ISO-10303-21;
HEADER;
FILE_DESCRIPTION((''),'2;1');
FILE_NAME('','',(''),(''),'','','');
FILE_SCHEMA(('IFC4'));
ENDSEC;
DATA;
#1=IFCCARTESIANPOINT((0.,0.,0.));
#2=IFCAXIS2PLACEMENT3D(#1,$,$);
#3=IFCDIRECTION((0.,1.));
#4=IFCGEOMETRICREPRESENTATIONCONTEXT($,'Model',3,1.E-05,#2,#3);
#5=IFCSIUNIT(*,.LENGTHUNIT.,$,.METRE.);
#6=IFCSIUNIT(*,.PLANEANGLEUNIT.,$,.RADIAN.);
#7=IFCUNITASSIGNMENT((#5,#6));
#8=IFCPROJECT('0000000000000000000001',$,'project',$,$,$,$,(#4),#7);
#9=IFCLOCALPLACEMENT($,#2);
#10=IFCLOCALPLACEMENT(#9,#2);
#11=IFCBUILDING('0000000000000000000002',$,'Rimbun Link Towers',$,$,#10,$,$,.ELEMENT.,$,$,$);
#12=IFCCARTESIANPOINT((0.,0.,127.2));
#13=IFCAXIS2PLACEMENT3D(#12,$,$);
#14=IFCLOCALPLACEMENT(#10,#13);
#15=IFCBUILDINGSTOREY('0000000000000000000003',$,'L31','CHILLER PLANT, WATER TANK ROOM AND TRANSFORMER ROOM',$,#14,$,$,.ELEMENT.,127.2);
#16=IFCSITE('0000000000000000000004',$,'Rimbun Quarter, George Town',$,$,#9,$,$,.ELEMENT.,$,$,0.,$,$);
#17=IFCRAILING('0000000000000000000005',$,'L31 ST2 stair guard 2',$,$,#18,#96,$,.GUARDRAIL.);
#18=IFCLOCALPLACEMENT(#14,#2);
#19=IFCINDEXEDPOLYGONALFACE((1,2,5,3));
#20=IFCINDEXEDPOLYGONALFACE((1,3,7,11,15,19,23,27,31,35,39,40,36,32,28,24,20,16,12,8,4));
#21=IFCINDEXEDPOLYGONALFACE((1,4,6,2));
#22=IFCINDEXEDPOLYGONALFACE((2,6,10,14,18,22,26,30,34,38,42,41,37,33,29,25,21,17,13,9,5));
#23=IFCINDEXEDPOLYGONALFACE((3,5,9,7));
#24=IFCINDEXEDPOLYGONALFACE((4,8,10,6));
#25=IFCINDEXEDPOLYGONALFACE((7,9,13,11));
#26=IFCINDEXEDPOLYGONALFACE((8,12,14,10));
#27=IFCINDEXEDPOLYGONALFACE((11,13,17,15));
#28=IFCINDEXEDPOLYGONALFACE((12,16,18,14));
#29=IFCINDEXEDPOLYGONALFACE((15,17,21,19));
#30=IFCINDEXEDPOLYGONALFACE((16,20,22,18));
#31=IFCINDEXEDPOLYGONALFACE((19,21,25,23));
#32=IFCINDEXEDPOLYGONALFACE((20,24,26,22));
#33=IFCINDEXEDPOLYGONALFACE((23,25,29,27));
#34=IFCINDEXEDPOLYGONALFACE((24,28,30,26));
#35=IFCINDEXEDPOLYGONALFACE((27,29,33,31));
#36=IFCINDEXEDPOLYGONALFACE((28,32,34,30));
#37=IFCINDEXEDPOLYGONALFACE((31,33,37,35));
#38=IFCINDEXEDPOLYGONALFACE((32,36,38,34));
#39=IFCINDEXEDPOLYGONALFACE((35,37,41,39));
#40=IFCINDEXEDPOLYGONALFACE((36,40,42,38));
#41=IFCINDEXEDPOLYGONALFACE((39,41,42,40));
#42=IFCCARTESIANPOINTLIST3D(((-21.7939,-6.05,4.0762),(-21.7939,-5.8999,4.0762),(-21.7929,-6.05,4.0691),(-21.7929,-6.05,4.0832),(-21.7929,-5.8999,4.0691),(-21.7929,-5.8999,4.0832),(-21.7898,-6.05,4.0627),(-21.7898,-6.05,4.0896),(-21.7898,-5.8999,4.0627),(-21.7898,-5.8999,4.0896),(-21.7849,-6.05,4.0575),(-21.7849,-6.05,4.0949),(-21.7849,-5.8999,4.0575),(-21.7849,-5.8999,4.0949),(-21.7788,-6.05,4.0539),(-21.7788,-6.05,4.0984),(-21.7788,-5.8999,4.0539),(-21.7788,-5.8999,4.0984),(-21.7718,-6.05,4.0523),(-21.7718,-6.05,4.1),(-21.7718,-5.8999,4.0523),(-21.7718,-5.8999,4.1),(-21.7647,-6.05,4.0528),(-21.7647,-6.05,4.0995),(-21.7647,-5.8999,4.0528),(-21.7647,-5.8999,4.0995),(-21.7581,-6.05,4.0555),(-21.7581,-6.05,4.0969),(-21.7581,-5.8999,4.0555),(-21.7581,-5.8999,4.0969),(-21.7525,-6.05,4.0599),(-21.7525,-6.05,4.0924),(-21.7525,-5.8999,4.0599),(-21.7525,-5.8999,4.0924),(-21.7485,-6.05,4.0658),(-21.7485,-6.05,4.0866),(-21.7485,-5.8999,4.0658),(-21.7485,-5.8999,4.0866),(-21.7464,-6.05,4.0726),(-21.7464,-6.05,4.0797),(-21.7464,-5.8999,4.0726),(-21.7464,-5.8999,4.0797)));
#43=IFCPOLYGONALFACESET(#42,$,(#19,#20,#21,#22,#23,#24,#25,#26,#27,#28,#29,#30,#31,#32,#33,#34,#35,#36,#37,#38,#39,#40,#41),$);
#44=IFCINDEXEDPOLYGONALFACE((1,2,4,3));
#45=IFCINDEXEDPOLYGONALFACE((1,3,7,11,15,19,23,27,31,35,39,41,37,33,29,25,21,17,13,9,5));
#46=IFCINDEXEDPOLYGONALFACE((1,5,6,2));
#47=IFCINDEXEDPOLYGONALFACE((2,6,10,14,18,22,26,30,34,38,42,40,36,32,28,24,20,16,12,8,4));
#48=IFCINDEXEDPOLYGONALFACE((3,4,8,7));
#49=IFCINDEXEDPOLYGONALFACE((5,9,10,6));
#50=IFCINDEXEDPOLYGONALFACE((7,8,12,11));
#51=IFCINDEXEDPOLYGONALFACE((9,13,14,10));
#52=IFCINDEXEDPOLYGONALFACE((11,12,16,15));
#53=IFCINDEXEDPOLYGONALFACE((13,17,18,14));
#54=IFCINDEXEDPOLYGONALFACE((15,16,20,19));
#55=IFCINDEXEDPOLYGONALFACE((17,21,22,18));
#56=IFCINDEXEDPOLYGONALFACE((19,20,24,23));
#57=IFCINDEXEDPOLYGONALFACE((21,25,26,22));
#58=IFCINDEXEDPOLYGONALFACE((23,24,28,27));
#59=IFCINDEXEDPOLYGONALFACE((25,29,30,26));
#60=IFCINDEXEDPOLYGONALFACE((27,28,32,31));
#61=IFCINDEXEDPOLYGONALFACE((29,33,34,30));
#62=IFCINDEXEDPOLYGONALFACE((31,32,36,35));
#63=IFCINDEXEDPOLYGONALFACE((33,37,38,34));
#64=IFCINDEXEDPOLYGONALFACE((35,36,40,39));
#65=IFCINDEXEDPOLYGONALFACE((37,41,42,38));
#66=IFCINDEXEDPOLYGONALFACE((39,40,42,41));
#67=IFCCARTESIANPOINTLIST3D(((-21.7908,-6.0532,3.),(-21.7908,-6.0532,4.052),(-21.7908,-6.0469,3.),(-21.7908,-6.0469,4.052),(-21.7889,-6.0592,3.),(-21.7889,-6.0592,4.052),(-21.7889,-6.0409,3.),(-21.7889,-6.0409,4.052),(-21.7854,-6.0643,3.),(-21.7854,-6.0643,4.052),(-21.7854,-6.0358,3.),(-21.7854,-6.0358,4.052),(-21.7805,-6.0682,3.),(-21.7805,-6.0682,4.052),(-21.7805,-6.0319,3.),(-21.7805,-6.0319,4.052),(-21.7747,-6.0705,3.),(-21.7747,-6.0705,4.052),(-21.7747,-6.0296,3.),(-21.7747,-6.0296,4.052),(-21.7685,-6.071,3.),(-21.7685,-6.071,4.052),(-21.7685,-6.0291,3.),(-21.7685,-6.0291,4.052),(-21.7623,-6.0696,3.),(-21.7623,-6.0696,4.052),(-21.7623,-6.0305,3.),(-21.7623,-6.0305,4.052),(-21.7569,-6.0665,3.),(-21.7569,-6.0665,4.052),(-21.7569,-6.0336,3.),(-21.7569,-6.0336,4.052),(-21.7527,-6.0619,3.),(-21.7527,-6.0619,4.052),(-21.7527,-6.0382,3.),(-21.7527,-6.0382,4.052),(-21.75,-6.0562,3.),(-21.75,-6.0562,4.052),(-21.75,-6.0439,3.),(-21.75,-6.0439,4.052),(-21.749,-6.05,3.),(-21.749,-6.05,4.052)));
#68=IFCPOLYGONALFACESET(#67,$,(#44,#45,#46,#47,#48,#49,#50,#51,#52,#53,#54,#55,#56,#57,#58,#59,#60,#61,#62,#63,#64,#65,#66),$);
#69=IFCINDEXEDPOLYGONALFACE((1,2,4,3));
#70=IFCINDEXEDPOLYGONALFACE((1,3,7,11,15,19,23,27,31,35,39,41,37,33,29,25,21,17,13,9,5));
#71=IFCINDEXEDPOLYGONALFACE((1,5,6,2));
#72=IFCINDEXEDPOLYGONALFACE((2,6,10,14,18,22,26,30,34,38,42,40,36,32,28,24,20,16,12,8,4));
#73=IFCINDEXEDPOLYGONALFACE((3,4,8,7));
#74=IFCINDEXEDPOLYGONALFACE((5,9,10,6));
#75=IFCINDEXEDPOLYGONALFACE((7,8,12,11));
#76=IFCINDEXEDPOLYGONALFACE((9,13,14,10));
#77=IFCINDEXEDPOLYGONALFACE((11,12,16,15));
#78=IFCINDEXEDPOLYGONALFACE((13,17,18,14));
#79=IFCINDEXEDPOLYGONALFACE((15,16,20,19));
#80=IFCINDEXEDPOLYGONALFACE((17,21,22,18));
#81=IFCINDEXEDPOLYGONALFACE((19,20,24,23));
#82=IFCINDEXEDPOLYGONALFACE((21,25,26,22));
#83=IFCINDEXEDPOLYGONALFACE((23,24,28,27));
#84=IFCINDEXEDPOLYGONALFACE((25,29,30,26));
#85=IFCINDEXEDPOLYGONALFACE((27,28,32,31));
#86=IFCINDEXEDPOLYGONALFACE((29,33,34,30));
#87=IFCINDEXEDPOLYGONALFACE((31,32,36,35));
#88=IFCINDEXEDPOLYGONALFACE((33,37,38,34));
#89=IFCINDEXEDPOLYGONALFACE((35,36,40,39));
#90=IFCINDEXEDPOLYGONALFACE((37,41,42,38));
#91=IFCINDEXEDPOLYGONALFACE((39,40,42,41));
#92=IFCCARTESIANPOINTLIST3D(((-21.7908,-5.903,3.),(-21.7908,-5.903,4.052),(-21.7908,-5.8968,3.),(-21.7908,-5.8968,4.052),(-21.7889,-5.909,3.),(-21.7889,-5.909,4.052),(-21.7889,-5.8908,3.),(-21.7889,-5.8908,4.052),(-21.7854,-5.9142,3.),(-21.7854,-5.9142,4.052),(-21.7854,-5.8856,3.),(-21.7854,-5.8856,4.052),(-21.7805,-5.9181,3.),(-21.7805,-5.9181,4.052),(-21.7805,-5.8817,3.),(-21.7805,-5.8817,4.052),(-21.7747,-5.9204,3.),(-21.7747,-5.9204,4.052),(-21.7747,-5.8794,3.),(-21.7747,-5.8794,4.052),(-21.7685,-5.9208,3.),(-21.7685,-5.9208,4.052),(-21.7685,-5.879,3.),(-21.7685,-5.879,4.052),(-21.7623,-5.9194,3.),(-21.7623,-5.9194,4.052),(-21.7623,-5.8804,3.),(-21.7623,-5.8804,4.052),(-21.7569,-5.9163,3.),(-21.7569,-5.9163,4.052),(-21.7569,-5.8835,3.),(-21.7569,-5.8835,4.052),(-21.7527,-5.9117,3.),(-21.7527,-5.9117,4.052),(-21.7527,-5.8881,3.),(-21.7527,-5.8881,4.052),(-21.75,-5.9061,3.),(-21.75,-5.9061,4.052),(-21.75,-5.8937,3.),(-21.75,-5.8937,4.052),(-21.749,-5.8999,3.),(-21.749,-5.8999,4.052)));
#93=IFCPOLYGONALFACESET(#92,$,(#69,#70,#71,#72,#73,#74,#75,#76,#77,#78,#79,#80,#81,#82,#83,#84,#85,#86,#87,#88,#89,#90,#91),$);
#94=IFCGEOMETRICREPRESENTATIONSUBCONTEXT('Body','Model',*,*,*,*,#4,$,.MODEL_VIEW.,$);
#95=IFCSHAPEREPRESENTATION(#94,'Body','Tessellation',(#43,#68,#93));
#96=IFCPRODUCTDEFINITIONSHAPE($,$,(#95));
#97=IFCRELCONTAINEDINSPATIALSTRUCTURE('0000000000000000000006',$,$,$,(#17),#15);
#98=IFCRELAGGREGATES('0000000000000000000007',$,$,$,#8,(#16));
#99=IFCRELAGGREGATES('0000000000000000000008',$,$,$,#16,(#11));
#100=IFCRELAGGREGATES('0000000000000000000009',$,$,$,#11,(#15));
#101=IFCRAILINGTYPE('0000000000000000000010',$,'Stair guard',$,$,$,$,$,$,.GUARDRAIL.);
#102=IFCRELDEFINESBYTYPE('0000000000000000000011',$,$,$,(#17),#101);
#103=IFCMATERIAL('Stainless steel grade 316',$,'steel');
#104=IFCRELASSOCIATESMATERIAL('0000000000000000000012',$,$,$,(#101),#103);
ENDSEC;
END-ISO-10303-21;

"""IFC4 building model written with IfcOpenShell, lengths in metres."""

from ifc_helpers import new_model, si_unit, direction, frame, origin, origin_2d, place, context, subcontext, project, spatial, circle, extrude, material, type_object, element, save


model = new_model("IFC4")

# Units and contexts
model_context = context("Model", 3, precision=1e-05, world=origin(), true_north=direction((0.0, 1.0)))
body_context = subcontext(model_context, "Body", "Model", "MODEL_VIEW")
ifc_project = project(units=[si_unit("LENGTHUNIT", "METRE"), si_unit("PLANEANGLEUNIT", "RADIAN")], contexts=[model_context])

# Site, building, storey
site_placement = place(None, origin())
site = spatial("IfcSite", under=ifc_project, at=site_placement, Name="Rimbun Quarter, George Town", CompositionType="ELEMENT", RefElevation=0.0)
building_placement = place(site_placement, origin())
building = spatial("IfcBuilding", under=site, at=building_placement, Name="Rimbun Link Towers", CompositionType="ELEMENT")
storey_placement = place(building_placement, frame((0.0, 0.0, 127.2)))
storey = spatial("IfcBuildingStorey", under=building, at=storey_placement, Name="L31", Description="CHILLER PLANT, WATER TANK ROOM AND TRANSFORMER ROOM", CompositionType="ELEMENT", Elevation=127.2)

# Railing
ifc_material_1 = material(Name="Stainless steel grade 316", Category="steel")
railing_type_1 = type_object("IfcRailingType", Name="Stair guard", PredefinedType="GUARDRAIL", material=ifc_material_1)
railing_1_placement = place(storey_placement, frame((-21.77, -6.05, 3.0)))
element("IfcRailing", 1, at=railing_1_placement, inside=storey, type_object=railing_type_1, Name="L31 ST2 stair guard 2", PredefinedType="GUARDRAIL", context=body_context, shape_type="SweptSolid", body=[
    extrude(circle(Radius=0.0239, at=origin_2d()), frame((0.0, 0.0, 1.0762), z_axis=(0.0, 1.0, 0.0), x_axis=(-1.0, 0.0, 0.0)), (0.0, 0.0, 1.0), 0.1501),
    extrude(circle(Radius=0.021, at=origin_2d()), origin(), (0.0, 0.0, 1.0), 1.052),
    extrude(circle(Radius=0.021, at=origin_2d()), frame((0.0, 0.1501, 0.0)), (0.0, 0.0, 1.0), 1.052),
])

save(model, "model.ifc")
